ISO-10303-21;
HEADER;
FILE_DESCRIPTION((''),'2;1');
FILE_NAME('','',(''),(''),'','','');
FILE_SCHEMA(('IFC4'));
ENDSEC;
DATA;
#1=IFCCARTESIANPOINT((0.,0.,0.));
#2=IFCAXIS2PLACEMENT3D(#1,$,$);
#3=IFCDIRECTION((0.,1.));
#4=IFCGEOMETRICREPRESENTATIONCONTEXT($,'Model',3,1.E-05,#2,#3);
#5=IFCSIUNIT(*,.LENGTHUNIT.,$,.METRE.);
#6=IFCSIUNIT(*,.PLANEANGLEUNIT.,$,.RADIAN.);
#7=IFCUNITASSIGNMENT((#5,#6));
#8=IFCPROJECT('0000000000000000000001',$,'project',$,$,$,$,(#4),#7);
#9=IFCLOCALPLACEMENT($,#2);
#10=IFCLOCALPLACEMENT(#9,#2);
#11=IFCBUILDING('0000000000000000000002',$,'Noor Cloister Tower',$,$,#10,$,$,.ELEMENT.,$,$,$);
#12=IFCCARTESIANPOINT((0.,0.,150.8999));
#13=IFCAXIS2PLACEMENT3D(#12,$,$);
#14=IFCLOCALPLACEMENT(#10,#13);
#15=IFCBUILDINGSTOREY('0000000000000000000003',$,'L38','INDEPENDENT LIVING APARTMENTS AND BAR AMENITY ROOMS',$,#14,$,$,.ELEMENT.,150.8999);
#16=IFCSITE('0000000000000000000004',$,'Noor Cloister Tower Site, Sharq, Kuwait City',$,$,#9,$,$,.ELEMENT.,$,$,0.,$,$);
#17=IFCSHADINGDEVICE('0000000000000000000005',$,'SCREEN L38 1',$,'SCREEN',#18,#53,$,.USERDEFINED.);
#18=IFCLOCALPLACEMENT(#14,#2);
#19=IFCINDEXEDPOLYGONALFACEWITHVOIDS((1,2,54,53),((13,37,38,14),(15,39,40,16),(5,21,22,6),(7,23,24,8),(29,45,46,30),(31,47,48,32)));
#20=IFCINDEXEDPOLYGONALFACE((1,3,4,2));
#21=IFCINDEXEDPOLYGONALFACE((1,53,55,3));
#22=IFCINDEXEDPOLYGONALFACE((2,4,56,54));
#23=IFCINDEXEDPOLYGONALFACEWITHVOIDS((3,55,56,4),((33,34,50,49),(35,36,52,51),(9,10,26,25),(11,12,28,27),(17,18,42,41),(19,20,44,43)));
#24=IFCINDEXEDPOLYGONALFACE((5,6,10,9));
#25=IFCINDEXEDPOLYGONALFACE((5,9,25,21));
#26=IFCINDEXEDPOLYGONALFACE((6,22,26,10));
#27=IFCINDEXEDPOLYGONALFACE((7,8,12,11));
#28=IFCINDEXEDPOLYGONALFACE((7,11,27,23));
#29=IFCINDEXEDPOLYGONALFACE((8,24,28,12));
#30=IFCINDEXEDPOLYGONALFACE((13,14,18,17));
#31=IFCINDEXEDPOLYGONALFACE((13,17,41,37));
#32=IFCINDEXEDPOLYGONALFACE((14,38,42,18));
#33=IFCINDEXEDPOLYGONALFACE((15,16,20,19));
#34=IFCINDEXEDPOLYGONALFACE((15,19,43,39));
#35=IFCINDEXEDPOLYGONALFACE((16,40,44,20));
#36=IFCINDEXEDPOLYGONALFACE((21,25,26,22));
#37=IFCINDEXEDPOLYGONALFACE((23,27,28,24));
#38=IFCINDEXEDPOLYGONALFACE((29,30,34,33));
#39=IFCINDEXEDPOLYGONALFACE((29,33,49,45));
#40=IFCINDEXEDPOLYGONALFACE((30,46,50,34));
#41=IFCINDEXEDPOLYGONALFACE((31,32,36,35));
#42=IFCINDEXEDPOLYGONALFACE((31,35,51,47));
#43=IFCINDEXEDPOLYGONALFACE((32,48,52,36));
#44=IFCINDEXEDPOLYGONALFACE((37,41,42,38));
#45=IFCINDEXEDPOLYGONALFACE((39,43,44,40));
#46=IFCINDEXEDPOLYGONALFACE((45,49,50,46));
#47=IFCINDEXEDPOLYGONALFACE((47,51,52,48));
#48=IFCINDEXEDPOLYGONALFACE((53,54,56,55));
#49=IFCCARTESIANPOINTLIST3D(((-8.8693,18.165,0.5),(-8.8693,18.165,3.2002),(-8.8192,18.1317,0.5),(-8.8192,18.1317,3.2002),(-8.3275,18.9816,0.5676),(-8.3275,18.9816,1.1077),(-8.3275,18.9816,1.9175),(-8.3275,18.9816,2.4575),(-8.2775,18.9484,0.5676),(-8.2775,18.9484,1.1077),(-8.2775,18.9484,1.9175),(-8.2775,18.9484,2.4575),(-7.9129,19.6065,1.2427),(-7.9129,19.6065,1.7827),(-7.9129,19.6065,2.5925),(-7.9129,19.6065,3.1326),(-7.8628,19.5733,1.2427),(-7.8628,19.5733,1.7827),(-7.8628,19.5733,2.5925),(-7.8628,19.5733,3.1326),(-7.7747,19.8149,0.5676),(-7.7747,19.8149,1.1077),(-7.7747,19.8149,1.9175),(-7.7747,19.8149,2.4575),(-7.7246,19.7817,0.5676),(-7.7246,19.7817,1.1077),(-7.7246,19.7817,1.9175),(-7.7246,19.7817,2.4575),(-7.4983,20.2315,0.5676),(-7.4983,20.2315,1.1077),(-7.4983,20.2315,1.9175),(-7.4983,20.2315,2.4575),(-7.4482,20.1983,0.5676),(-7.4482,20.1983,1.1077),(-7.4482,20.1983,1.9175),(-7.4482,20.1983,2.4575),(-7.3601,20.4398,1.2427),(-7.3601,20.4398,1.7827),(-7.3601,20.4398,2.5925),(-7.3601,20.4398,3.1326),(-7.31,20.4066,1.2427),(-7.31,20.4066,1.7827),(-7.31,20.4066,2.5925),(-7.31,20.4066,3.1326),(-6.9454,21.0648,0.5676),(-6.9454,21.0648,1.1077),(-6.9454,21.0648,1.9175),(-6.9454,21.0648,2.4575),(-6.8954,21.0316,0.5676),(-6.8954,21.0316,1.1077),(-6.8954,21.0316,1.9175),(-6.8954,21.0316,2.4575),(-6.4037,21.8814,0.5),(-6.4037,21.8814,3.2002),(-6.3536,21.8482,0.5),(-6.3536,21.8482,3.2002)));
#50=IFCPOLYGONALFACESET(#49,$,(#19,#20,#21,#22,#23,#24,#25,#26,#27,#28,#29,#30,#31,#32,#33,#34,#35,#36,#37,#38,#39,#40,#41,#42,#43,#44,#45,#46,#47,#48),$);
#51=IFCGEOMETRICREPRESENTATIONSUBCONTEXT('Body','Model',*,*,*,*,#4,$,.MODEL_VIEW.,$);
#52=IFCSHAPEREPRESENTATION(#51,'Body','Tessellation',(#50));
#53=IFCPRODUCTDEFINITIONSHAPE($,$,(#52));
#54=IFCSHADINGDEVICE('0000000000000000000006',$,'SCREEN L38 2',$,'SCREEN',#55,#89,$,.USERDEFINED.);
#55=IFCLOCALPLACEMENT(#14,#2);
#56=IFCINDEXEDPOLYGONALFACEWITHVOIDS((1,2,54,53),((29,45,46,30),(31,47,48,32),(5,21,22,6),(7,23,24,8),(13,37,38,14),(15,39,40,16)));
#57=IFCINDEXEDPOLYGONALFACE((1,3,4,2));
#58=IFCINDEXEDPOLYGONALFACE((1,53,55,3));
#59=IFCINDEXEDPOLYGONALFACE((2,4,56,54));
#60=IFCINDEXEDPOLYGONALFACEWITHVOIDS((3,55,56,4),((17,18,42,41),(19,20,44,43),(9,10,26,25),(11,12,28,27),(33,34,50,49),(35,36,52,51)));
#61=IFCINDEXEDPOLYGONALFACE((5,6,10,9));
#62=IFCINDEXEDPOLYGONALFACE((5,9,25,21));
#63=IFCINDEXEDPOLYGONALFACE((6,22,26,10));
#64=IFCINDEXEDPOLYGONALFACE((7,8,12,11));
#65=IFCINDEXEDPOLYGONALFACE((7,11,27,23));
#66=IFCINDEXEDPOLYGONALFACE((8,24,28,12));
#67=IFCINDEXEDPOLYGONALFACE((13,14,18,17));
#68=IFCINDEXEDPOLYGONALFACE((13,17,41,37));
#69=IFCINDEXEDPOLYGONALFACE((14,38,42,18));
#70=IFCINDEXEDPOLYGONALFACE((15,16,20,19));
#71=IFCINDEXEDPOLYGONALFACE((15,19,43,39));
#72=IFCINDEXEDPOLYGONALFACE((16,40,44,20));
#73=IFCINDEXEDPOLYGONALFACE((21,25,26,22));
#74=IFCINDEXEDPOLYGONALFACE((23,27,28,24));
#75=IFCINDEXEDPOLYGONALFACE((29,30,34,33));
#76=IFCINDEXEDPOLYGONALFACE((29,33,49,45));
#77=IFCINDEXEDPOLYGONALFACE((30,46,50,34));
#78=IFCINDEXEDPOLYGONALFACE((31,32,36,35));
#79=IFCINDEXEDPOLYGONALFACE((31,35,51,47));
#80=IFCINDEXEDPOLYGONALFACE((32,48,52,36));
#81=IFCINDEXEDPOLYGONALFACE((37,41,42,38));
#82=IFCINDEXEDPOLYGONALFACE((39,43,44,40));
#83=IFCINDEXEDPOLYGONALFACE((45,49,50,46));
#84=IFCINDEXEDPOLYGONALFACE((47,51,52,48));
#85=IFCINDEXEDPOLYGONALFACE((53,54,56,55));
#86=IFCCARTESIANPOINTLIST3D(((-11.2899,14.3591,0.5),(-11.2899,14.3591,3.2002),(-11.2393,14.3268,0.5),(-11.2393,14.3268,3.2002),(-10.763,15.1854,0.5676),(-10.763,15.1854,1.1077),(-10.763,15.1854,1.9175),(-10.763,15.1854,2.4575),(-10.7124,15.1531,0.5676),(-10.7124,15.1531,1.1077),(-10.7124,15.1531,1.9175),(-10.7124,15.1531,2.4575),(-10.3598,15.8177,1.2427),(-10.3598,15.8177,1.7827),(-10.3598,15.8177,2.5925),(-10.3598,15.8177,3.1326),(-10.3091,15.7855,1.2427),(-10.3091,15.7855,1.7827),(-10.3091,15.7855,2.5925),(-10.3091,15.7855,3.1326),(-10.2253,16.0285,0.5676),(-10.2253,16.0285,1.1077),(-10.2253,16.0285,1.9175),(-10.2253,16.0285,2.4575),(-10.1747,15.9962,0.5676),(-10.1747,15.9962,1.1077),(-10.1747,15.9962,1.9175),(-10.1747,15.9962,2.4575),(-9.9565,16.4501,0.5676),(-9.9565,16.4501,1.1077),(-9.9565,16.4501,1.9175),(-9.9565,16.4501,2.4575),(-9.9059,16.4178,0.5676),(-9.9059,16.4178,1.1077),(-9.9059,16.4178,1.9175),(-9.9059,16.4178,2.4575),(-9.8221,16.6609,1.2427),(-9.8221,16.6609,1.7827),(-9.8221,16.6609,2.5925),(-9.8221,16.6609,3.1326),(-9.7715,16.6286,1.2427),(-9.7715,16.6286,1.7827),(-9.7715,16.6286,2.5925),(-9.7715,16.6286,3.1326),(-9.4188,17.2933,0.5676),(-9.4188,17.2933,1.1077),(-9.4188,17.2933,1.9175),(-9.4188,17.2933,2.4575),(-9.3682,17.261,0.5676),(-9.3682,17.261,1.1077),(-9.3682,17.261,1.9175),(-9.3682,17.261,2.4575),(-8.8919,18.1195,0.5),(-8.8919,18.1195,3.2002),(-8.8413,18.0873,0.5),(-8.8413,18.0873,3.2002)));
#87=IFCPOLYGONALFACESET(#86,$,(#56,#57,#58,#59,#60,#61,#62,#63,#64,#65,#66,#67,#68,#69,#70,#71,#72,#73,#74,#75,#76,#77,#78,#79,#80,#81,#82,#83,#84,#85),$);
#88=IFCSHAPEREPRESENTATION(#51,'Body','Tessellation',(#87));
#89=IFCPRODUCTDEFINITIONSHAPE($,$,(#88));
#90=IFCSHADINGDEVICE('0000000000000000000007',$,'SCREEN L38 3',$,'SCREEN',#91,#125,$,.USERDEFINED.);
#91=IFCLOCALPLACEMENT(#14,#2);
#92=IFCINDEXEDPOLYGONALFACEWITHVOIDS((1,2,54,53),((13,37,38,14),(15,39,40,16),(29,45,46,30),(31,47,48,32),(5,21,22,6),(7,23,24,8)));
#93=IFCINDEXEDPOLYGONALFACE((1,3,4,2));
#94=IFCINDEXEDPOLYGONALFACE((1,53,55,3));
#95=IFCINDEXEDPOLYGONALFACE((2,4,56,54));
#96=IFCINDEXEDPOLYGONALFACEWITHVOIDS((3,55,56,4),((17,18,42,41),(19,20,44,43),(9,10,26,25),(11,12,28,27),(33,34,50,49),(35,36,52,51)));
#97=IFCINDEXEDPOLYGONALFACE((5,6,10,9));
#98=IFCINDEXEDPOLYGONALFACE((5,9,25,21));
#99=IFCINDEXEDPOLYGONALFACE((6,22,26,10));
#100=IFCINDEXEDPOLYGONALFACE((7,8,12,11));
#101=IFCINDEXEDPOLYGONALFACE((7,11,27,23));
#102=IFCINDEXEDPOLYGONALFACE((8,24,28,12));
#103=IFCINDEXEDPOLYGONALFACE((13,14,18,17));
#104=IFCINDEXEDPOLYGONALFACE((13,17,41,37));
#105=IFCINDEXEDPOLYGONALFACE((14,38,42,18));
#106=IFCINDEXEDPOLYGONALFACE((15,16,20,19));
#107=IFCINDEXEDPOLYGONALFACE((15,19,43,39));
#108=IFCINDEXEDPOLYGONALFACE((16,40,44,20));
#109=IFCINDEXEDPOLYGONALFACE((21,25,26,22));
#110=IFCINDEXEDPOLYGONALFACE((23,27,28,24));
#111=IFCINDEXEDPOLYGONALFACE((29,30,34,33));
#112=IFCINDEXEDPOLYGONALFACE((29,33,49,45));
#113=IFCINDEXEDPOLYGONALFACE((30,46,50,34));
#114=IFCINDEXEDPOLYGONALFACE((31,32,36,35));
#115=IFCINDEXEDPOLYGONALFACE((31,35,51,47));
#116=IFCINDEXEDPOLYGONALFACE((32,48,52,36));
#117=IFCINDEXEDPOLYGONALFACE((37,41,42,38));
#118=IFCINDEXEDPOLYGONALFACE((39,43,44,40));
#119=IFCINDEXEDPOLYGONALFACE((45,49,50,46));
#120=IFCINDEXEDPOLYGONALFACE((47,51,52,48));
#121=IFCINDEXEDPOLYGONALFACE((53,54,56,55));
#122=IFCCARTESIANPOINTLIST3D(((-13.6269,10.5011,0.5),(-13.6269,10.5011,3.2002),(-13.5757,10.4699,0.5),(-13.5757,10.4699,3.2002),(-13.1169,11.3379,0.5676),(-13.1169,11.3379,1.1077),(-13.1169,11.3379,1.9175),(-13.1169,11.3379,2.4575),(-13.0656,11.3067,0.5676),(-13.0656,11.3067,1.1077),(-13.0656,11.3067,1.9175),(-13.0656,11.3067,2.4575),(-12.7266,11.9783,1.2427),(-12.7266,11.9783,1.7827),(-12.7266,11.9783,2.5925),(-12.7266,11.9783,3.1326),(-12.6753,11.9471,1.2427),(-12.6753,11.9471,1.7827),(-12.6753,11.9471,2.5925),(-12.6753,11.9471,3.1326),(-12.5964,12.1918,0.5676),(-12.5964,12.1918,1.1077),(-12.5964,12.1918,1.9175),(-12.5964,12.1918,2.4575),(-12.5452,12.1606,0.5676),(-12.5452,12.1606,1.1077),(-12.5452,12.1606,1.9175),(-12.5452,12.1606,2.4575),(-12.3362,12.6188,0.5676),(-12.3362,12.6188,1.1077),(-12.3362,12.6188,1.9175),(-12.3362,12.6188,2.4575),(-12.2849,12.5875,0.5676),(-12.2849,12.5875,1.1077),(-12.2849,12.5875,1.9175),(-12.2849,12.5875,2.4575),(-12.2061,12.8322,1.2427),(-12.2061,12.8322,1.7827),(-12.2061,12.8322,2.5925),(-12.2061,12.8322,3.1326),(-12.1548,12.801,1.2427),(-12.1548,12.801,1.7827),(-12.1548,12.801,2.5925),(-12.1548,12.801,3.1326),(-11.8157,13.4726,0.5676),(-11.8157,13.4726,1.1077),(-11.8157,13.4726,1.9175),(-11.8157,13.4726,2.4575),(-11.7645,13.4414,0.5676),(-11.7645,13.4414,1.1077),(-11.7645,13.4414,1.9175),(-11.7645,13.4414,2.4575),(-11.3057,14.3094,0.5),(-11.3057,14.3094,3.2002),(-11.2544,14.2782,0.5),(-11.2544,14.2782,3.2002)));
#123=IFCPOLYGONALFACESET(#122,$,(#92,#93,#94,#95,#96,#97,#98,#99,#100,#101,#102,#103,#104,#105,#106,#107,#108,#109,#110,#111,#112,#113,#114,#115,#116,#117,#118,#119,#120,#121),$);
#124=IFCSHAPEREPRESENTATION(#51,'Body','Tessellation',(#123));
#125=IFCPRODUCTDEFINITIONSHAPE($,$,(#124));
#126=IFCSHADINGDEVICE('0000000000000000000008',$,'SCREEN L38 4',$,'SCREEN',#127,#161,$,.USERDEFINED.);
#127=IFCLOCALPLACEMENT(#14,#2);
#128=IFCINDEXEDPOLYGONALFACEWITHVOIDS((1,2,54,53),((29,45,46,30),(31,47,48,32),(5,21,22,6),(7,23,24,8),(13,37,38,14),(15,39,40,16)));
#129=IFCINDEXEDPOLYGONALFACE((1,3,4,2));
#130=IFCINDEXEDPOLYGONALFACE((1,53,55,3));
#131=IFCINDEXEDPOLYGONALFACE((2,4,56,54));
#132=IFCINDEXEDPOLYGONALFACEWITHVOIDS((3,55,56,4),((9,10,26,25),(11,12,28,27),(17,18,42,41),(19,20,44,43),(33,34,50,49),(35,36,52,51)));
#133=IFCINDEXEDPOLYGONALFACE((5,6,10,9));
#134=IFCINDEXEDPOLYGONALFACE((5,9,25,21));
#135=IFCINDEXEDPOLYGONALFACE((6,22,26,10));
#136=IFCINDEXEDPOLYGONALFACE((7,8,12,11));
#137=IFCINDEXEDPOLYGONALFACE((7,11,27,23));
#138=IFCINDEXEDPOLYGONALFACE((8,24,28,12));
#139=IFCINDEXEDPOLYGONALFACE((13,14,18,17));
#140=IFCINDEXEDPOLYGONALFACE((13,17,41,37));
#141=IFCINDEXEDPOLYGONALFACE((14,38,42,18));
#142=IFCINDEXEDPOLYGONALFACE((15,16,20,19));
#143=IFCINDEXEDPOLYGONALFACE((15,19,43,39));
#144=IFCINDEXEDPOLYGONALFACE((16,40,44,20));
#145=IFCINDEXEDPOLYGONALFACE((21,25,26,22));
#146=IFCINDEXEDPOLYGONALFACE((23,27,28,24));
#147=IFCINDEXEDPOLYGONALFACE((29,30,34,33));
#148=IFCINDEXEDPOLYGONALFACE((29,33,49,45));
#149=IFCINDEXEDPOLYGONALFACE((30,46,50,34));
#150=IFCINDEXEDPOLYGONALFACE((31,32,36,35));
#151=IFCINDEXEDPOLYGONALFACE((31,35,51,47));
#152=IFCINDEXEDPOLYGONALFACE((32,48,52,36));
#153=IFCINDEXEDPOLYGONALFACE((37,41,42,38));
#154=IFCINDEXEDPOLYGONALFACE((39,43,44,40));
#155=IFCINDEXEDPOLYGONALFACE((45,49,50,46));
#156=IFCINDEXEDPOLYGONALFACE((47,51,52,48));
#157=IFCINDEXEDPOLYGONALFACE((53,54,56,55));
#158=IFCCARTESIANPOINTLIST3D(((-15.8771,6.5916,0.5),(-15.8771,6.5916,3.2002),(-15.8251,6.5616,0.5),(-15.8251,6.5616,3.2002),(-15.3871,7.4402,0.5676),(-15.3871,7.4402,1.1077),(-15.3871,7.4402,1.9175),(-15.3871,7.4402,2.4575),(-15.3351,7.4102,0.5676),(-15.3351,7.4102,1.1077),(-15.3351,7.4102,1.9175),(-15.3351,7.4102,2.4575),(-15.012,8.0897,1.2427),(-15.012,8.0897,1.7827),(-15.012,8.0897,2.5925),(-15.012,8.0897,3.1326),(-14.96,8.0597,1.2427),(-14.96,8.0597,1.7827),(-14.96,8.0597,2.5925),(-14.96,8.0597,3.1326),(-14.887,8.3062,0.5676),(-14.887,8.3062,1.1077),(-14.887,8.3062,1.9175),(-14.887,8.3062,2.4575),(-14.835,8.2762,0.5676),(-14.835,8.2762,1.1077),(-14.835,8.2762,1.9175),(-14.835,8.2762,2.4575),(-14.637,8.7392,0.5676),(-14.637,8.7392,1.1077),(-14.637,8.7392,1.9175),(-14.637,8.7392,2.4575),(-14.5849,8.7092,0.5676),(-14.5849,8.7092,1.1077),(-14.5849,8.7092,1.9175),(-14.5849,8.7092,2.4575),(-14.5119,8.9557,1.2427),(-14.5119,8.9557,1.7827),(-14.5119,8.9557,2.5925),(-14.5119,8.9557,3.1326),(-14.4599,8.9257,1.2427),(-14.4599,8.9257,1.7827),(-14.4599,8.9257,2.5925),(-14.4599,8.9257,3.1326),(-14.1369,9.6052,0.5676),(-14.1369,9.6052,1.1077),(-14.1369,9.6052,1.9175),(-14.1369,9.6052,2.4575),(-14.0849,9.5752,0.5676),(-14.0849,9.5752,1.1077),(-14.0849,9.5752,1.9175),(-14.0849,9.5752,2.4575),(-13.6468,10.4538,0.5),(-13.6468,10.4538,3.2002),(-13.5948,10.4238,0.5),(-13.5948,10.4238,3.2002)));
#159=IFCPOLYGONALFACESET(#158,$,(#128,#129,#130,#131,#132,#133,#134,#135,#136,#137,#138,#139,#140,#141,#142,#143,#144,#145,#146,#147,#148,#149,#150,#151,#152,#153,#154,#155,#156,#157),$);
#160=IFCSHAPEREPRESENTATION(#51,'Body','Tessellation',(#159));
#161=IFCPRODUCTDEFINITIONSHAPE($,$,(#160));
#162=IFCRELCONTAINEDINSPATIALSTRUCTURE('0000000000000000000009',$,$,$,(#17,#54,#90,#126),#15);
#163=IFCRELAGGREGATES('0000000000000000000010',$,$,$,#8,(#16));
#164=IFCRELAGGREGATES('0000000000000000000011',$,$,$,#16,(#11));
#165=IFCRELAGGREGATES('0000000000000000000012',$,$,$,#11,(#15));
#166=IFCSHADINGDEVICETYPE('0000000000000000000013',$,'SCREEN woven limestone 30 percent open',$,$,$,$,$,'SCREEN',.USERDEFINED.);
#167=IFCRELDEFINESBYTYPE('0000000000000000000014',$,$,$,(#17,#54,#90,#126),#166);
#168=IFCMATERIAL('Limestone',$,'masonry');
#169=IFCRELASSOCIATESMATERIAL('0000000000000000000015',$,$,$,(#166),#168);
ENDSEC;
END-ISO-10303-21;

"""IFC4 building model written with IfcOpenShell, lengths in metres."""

from ifc_helpers import new_model, si_unit, direction, frame, origin, place, context, subcontext, project, spatial, polyline, outline, extrude, material, material_profile, profile_set, type_object, element, save


model = new_model("IFC4")

# Units and contexts
model_context = context("Model", 3, precision=1e-05, world=origin(), true_north=direction((0.0, 1.0)))
body_context = subcontext(model_context, "Body", "Model", "MODEL_VIEW")
ifc_project = project(units=[si_unit("LENGTHUNIT", "METRE"), si_unit("PLANEANGLEUNIT", "RADIAN")], contexts=[model_context])

# Site, building, storey
site_placement = place(None, origin())
site = spatial("IfcSite", under=ifc_project, at=site_placement, Name="Noor Cloister Tower Site, Sharq, Kuwait City", CompositionType="ELEMENT", RefElevation=0.0)
building_placement = place(site_placement, origin())
building = spatial("IfcBuilding", under=site, at=building_placement, Name="Noor Cloister Tower", CompositionType="ELEMENT")
storey_placement = place(building_placement, frame((0.0, 0.0, 150.8999)))
storey = spatial("IfcBuildingStorey", under=building, at=storey_placement, Name="L38", Description="INDEPENDENT LIVING APARTMENTS AND BAR AMENITY ROOMS", CompositionType="ELEMENT", Elevation=150.8999)

# Shading devices
ifc_material_1 = material(Name="Limestone", Category="masonry")
ifc_material_profile_1 = material_profile(ifc_material_1, outline(polyline([(-2.23, -1.3501), (2.23, -1.3501), (2.23, 1.3501), (-2.23, 1.3501), (-2.23, -1.3501)]), holes=[polyline([(-1.25, -1.2825), (-0.25, -1.2825), (-0.25, -0.7424), (-1.25, -0.7424), (-1.25, -1.2825)]), polyline([(0.25, -1.2825), (1.25, -1.2825), (1.25, -0.7424), (0.25, -0.7424), (0.25, -1.2825)]), polyline([(-0.5, -0.6074), (0.5, -0.6074), (0.5, -0.0674), (-0.5, -0.0674), (-0.5, -0.6074)]), polyline([(-1.25, 0.0674), (-0.25, 0.0674), (-0.25, 0.6074), (-1.25, 0.6074), (-1.25, 0.0674)]), polyline([(0.25, 0.0674), (1.25, 0.0674), (1.25, 0.6074), (0.25, 0.6074), (0.25, 0.0674)]), polyline([(-0.5, 0.7424), (0.5, 0.7424), (0.5, 1.2825), (-0.5, 1.2825), (-0.5, 0.7424)])]), Name="Woven screen 30 percent open")
ifc_profile_set_1 = profile_set([ifc_material_profile_1], Name="Limestone")
shading_device_type = type_object("IfcShadingDeviceType", Name="SCREEN woven limestone 30 percent open", ElementType="SCREEN", PredefinedType="USERDEFINED", material=ifc_profile_set_1)
for number, where, z_axis, x_axis, name in (
    (1, (-7.5864, 19.99, 1.8501), (-0.833299, 0.552823, 0.0), (-0.552823, -0.833299, 0.0), "SCREEN L38 1"),
    (2, (-10.0403, 16.207, 1.8501), (-0.843158, 0.537666, 0.0), (-0.537666, -0.843158, 0.0), "SCREEN L38 2"),
    (3, (-12.415, 12.374, 1.8501), (-0.853884, 0.520463, 0.0), (-0.520463, -0.853884, 0.0), "SCREEN L38 3"),
    (4, (-14.71, 8.4927, 1.8501), (-0.865982, 0.500074, 0.0), (-0.500074, -0.865982, 0.0), "SCREEN L38 4"),
):
    element("IfcShadingDevice", number, at=place(storey_placement, frame(where, z_axis=z_axis, x_axis=x_axis)), inside=storey, type_object=shading_device_type, Name=name, ObjectType="SCREEN", PredefinedType="USERDEFINED", context=body_context, shape_type="SweptSolid", body=[
        extrude(outline(polyline([(-2.23, -1.3501), (2.23, -1.3501), (2.23, 1.3501), (-2.23, 1.3501), (-2.23, -1.3501)]), holes=[polyline([(-1.25, -1.2825), (-0.25, -1.2825), (-0.25, -0.7424), (-1.25, -0.7424), (-1.25, -1.2825)]), polyline([(0.25, -1.2825), (1.25, -1.2825), (1.25, -0.7424), (0.25, -0.7424), (0.25, -1.2825)]), polyline([(-0.5, -0.6074), (0.5, -0.6074), (0.5, -0.0674), (-0.5, -0.0674), (-0.5, -0.6074)]), polyline([(-1.25, 0.0674), (-0.25, 0.0674), (-0.25, 0.6074), (-1.25, 0.6074), (-1.25, 0.0674)]), polyline([(0.25, 0.0674), (1.25, 0.0674), (1.25, 0.6074), (0.25, 0.6074), (0.25, 0.0674)]), polyline([(-0.5, 0.7424), (0.5, 0.7424), (0.5, 1.2825), (-0.5, 1.2825), (-0.5, 0.7424)])]), origin(), (0.0, 0.0, 1.0), 0.0601),
    ])

save(model, "model.ifc")
